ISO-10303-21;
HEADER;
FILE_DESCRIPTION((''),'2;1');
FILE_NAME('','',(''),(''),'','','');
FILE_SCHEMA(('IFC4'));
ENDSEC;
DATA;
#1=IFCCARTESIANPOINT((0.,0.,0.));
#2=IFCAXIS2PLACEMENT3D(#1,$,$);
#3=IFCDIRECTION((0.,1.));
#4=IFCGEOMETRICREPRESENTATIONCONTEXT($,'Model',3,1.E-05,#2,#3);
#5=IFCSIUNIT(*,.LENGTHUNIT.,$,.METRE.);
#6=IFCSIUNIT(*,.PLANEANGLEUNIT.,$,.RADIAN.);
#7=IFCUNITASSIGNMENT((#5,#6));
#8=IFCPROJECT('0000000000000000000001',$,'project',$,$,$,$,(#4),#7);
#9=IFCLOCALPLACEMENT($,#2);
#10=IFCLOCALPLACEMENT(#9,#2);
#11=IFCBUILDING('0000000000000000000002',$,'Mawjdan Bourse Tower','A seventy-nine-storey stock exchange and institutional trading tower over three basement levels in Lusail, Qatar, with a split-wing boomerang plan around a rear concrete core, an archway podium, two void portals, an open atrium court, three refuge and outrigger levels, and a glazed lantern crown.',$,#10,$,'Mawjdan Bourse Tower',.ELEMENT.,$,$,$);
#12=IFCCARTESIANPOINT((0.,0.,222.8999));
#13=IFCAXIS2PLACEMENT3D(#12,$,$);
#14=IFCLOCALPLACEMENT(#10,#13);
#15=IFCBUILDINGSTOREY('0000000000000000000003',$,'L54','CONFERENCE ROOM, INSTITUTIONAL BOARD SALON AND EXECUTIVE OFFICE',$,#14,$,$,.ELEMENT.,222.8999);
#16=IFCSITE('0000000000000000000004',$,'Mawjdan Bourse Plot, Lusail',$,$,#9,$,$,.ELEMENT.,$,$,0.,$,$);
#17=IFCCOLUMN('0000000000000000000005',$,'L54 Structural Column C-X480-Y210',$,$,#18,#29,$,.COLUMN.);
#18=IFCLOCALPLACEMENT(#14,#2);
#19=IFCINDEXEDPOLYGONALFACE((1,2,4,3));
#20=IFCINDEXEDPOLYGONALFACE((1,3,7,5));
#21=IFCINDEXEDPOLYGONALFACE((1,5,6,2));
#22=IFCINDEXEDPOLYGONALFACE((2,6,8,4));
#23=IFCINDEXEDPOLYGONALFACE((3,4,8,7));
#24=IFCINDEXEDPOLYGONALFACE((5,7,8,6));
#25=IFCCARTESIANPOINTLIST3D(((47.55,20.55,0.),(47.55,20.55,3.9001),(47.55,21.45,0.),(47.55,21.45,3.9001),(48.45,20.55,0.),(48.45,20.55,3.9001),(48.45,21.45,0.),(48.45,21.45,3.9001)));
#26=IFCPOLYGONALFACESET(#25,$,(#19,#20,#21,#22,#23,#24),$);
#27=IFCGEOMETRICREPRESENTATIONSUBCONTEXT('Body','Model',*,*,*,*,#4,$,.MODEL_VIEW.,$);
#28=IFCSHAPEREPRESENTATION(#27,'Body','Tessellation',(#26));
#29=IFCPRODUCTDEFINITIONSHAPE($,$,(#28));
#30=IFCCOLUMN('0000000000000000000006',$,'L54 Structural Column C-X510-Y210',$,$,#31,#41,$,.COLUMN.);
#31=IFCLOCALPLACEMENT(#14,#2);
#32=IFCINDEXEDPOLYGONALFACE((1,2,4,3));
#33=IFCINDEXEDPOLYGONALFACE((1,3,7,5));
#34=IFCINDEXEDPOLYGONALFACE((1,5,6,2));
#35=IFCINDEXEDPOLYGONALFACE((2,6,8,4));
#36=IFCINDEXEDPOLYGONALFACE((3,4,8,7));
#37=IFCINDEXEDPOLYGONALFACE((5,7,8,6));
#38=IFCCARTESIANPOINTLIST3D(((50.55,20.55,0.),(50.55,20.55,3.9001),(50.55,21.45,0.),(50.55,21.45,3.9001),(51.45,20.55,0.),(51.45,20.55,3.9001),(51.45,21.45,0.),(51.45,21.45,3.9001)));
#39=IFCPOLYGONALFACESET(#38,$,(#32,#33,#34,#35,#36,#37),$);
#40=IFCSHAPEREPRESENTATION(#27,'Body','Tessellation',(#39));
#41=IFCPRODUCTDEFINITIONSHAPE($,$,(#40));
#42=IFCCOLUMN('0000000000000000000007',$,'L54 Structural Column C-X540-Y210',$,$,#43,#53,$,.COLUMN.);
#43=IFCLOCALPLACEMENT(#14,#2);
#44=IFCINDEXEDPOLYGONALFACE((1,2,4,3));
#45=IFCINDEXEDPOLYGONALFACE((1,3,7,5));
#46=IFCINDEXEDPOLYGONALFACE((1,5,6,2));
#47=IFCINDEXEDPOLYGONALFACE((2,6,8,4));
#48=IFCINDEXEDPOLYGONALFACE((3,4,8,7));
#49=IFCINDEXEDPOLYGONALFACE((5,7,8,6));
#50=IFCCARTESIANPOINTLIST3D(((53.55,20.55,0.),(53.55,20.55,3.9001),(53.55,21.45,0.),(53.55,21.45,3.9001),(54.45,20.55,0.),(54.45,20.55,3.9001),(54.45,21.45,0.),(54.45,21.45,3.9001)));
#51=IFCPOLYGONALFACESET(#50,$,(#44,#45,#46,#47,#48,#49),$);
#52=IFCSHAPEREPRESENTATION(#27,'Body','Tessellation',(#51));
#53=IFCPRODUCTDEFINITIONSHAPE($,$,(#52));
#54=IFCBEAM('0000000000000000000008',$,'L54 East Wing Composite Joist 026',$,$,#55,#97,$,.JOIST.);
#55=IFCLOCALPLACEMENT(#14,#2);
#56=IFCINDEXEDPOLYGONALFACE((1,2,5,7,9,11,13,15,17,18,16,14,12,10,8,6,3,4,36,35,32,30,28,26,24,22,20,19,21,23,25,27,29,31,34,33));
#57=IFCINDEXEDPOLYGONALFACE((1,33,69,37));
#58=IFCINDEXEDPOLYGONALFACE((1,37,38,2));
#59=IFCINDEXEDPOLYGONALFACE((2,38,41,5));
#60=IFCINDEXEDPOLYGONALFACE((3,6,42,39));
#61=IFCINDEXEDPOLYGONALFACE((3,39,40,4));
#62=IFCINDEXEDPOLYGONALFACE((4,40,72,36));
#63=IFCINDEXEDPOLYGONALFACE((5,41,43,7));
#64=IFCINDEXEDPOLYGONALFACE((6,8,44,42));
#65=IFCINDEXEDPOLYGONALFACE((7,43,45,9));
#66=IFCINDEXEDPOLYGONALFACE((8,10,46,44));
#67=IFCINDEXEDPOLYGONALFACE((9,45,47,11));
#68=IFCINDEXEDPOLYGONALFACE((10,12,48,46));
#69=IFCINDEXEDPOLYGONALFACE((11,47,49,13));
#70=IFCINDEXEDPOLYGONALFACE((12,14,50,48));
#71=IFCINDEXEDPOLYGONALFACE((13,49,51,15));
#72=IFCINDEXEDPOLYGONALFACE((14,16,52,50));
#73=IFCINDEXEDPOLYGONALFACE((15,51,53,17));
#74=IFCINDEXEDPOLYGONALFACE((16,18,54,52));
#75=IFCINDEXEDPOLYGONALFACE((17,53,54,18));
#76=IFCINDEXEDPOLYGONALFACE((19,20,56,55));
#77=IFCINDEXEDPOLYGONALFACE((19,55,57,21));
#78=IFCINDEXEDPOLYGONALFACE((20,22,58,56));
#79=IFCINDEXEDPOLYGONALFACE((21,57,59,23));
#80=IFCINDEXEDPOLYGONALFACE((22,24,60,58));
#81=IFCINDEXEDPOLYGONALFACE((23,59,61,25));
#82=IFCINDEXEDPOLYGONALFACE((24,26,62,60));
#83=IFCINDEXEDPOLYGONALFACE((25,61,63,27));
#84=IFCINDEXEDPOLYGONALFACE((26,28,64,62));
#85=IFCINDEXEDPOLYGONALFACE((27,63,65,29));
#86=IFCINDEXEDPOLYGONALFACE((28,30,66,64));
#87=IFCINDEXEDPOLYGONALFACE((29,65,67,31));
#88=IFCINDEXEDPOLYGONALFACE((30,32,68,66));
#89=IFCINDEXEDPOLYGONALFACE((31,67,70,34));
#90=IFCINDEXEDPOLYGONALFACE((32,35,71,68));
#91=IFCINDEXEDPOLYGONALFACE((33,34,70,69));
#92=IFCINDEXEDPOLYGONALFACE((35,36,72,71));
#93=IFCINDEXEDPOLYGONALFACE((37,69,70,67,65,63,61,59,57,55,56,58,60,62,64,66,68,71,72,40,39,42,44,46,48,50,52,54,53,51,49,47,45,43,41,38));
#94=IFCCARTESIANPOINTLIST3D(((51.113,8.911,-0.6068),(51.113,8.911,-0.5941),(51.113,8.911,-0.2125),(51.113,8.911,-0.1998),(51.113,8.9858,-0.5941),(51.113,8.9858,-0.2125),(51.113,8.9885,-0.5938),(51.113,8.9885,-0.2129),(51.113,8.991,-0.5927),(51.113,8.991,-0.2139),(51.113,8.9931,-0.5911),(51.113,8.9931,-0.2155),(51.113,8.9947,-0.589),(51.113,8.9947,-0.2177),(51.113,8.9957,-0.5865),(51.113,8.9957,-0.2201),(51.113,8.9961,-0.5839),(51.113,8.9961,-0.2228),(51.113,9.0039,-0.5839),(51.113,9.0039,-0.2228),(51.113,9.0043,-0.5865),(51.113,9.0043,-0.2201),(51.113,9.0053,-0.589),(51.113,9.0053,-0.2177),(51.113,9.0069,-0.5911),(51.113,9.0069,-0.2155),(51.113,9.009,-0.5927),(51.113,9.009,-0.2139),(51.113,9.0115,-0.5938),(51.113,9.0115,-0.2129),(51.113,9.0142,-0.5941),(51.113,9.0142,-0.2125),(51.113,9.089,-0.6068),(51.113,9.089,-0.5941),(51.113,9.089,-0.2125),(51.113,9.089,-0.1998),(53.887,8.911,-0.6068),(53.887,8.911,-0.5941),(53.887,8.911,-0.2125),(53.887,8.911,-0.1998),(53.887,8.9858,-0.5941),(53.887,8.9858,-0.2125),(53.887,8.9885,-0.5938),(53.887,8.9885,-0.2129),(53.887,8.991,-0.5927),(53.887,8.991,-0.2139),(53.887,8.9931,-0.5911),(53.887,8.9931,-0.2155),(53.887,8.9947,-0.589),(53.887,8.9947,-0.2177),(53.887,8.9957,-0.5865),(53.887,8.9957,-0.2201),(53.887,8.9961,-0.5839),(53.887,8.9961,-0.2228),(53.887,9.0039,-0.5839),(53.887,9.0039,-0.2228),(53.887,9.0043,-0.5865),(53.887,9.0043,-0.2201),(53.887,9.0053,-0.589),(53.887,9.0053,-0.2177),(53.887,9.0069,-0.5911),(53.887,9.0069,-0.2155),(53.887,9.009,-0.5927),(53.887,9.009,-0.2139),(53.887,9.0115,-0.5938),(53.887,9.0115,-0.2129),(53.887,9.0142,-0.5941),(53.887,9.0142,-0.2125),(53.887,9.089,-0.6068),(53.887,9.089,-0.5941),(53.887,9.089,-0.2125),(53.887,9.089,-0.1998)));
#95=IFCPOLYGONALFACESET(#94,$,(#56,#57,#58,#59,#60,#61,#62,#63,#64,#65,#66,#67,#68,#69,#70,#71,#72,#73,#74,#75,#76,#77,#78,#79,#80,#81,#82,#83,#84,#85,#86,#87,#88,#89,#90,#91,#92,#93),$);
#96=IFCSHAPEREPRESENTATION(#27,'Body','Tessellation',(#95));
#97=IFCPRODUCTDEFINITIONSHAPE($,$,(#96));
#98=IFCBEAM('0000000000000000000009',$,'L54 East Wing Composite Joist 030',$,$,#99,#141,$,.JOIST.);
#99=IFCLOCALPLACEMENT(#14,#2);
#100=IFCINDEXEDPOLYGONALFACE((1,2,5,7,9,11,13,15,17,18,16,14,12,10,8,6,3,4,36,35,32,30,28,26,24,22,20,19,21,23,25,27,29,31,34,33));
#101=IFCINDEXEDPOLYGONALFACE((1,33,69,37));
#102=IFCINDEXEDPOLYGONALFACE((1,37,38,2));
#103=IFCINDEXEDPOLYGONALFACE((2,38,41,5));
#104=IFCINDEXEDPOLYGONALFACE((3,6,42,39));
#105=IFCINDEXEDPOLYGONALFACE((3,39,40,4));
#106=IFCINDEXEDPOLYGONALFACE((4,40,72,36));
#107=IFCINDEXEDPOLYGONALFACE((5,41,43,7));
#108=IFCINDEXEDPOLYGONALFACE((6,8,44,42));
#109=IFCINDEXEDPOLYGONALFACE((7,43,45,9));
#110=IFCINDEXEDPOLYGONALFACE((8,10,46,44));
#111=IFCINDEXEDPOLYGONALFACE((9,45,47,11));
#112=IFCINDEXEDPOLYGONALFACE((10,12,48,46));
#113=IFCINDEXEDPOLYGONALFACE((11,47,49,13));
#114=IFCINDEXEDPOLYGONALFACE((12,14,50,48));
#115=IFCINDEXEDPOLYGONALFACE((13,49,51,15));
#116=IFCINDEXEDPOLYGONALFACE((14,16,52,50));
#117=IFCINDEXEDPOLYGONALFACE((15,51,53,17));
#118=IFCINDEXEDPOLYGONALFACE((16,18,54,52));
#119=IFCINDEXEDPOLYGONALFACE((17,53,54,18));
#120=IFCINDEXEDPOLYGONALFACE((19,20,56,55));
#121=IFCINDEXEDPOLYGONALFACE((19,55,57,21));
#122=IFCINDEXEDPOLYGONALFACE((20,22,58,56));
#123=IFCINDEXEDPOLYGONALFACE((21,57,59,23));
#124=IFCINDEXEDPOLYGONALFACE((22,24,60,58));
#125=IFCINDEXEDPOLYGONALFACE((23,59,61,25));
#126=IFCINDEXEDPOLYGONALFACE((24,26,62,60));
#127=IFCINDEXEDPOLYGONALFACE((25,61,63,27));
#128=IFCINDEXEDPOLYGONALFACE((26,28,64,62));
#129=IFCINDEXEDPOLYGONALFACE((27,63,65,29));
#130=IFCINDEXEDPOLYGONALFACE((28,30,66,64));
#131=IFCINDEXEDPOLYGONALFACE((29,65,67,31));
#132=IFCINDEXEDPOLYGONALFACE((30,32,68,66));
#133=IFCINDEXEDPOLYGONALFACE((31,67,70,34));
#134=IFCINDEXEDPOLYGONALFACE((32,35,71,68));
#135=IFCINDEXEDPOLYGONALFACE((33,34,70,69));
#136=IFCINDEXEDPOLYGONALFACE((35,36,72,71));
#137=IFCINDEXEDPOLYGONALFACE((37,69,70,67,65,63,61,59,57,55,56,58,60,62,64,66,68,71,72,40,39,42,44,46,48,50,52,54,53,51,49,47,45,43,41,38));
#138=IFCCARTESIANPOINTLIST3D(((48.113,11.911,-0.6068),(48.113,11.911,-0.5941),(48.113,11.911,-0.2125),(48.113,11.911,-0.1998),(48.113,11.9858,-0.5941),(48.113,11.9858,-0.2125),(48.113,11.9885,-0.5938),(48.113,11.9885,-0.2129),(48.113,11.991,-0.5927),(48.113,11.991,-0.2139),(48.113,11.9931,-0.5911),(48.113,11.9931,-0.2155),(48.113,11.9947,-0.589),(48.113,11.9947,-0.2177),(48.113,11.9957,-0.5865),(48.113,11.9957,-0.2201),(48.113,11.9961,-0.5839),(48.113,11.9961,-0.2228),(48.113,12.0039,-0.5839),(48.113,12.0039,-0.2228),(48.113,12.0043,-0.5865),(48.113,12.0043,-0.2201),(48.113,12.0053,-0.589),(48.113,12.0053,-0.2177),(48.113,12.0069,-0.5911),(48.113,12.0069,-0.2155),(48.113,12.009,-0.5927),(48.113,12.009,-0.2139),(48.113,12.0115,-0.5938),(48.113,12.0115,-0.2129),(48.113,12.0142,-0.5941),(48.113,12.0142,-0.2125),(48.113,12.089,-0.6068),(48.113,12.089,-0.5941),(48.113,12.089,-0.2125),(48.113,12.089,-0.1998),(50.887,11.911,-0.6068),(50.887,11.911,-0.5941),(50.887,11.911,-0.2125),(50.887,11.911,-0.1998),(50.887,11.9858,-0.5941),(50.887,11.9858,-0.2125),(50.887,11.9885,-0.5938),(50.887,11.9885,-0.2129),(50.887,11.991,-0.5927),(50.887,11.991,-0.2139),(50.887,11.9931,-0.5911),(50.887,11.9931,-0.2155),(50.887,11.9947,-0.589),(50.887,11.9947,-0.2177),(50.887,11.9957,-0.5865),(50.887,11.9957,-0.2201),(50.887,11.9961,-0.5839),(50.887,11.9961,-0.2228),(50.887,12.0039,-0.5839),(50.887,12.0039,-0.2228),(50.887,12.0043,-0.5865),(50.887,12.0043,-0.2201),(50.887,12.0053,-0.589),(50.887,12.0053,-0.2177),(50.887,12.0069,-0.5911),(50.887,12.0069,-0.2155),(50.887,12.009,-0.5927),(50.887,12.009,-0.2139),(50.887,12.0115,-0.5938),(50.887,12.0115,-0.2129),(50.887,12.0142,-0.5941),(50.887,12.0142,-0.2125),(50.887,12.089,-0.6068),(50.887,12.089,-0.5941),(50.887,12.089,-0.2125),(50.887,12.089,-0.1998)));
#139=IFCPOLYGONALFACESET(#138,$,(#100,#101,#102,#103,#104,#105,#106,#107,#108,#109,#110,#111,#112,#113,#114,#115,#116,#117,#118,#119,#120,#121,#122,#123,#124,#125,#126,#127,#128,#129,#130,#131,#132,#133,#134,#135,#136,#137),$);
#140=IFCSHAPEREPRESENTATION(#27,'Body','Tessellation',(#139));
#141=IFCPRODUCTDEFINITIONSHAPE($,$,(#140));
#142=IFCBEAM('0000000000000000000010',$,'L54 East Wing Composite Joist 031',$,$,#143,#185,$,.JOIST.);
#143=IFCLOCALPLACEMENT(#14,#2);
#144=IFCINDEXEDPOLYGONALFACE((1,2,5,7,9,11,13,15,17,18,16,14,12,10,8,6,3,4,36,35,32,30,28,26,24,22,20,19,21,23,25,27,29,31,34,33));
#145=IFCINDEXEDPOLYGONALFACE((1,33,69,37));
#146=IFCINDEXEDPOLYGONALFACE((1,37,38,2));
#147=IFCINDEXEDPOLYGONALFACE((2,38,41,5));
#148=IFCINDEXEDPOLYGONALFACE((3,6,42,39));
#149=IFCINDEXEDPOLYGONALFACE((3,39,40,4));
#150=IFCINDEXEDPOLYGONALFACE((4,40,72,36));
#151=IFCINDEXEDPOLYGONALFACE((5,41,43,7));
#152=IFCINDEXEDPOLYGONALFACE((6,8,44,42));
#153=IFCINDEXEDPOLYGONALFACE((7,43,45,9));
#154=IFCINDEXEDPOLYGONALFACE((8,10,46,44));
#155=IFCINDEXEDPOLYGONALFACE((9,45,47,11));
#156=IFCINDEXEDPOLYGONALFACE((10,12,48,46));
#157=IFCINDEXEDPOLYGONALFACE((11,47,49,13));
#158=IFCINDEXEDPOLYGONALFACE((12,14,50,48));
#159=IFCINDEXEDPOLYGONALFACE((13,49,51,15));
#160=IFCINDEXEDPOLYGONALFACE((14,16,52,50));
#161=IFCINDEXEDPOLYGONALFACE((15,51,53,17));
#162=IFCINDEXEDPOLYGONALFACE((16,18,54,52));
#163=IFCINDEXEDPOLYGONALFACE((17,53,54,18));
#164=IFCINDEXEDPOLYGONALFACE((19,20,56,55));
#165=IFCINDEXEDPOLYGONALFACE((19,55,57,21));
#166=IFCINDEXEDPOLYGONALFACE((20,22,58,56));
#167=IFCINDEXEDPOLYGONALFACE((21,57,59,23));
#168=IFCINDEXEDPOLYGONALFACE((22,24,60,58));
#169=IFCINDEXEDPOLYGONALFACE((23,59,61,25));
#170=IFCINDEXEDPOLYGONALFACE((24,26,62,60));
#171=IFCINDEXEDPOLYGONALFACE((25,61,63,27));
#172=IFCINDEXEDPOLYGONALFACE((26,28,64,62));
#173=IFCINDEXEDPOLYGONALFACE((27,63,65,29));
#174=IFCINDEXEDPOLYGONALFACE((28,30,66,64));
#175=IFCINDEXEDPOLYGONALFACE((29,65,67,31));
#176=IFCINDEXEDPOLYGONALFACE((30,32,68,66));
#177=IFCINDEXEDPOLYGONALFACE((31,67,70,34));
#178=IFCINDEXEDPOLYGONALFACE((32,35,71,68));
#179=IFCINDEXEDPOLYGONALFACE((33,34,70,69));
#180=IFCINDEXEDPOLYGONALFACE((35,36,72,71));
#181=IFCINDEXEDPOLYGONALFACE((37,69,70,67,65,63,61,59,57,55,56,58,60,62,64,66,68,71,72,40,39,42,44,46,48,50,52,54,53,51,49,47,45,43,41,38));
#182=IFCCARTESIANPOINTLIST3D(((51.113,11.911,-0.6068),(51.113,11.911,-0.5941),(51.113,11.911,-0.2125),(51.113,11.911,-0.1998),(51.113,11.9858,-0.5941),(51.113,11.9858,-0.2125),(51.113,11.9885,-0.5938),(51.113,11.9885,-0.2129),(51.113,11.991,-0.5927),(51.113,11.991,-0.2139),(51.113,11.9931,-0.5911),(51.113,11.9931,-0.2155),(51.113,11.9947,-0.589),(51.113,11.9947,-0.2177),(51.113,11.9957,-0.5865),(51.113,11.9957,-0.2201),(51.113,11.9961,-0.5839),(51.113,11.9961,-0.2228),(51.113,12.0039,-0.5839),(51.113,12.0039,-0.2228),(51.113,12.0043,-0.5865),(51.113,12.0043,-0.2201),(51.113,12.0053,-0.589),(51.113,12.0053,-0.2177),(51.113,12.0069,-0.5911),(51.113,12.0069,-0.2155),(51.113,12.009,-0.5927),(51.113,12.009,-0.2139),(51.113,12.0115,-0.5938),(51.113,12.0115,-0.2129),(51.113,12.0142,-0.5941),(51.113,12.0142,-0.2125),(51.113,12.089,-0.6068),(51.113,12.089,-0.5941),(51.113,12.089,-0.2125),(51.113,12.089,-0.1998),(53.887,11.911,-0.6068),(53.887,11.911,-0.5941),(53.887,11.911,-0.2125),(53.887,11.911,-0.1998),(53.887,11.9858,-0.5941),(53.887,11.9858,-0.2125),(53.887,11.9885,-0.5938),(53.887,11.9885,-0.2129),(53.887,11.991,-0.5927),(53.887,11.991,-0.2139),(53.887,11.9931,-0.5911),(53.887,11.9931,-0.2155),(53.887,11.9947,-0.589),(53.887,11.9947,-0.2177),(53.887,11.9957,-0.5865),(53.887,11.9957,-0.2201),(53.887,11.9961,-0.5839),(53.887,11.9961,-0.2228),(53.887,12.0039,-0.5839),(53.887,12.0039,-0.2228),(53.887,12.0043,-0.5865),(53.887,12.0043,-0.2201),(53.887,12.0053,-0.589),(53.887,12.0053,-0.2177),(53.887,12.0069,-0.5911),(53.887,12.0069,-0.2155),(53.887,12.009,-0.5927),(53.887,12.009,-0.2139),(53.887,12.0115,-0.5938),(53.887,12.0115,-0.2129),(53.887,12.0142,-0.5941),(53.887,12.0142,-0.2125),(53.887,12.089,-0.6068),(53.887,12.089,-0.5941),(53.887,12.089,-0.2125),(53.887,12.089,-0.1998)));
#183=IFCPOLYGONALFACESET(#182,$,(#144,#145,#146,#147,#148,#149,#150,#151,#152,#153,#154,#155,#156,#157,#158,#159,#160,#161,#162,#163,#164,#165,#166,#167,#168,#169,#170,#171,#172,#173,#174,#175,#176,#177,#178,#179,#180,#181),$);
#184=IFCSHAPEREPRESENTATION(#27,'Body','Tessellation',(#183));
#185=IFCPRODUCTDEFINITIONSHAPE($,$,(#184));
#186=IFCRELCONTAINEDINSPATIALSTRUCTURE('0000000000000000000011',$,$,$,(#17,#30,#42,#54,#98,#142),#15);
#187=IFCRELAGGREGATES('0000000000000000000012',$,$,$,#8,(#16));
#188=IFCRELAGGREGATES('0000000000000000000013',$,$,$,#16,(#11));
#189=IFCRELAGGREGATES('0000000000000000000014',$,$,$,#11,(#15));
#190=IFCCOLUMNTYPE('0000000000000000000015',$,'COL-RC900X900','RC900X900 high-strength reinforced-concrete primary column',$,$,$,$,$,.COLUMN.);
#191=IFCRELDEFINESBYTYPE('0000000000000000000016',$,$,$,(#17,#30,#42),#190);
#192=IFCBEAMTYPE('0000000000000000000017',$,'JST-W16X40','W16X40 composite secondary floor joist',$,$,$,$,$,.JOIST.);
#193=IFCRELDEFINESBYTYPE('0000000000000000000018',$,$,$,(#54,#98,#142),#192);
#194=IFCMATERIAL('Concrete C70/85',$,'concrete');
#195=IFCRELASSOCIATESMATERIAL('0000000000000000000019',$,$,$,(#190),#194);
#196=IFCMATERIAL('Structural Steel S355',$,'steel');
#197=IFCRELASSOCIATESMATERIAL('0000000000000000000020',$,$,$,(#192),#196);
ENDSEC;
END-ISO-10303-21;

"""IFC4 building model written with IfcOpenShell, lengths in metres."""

from ifc_helpers import new_model, si_unit, direction, frame, origin, origin_2d, place, context, subcontext, project, spatial, rectangle, i_section, extrude, material, material_profile, profile_set, type_object, element, save


model = new_model("IFC4")

# Units and contexts
model_context = context("Model", 3, precision=1e-05, world=origin(), true_north=direction((0.0, 1.0)))
body_context = subcontext(model_context, "Body", "Model", "MODEL_VIEW")
ifc_project = project(units=[si_unit("LENGTHUNIT", "METRE"), si_unit("PLANEANGLEUNIT", "RADIAN")], contexts=[model_context])

# Site, building, storey
site_placement = place(None, origin())
site = spatial("IfcSite", under=ifc_project, at=site_placement, Name="Mawjdan Bourse Plot, Lusail", CompositionType="ELEMENT", RefElevation=0.0)
building_placement = place(site_placement, origin())
building = spatial("IfcBuilding", under=site, at=building_placement, Name="Mawjdan Bourse Tower", Description="A seventy-nine-storey stock exchange and institutional trading tower over three basement levels in Lusail, Qatar, with a split-wing boomerang plan around a rear concrete core, an archway podium, two void portals, an open atrium court, three refuge and outrigger levels, and a glazed lantern crown.", LongName="Mawjdan Bourse Tower", CompositionType="ELEMENT")
storey_placement = place(building_placement, frame((0.0, 0.0, 222.8999)))
storey = spatial("IfcBuildingStorey", under=building, at=storey_placement, Name="L54", Description="CONFERENCE ROOM, INSTITUTIONAL BOARD SALON AND EXECUTIVE OFFICE", CompositionType="ELEMENT", Elevation=222.8999)

# Columns
ifc_material_1 = material(Name="Concrete C70/85", Category="concrete")
ifc_material_profile_1 = material_profile(ifc_material_1, rectangle(XDim=0.8999, YDim=0.8999, at=origin_2d()), Name="RC900X900")
ifc_profile_set_1 = profile_set([ifc_material_profile_1], Name="Concrete C70/85")
column_type = type_object("IfcColumnType", Name="COL-RC900X900", Description="RC900X900 high-strength reinforced-concrete primary column", PredefinedType="COLUMN", material=ifc_profile_set_1)
for number, where, z_axis, x_axis, name in (
    (1, (48.0, 21.0, 0.0), (0.0, 0.0, 1.0), (1.0, 0.0, 0.0), "L54 Structural Column C-X480-Y210"),
    (2, (51.0, 21.0, 0.0), (0.0, 0.0, 1.0), (1.0, 0.0, 0.0), "L54 Structural Column C-X510-Y210"),
    (3, (54.0, 21.0, 0.0), (0.0, 0.0, 1.0), (1.0, 0.0, 0.0), "L54 Structural Column C-X540-Y210"),
):
    element("IfcColumn", number, at=place(storey_placement, frame(where, z_axis=z_axis, x_axis=x_axis)), inside=storey, type_object=column_type, Name=name, PredefinedType="COLUMN", context=body_context, shape_type="SweptSolid", body=[
        extrude(rectangle(XDim=0.8999, YDim=0.8999, at=origin_2d()), origin(), (0.0, 0.0, 1.0), 3.9001),
    ])

# Beams
ifc_material_2 = material(Name="Structural Steel S355", Category="steel")
ifc_material_profile_2 = material_profile(ifc_material_2, i_section(OverallWidth=0.178, OverallDepth=0.407, WebThickness=0.0078, FlangeThickness=0.0127, FilletRadius=0.0103, at=origin_2d()), Name="W16X40")
ifc_profile_set_2 = profile_set([ifc_material_profile_2], Name="Structural Steel S355")
beam_type_1 = type_object("IfcBeamType", Name="JST-W16X40", Description="W16X40 composite secondary floor joist", PredefinedType="JOIST", material=ifc_profile_set_2)
for number, where, z_axis, x_axis, name in (
    (4, (51.113, 9.0, -0.4033), (1.0, 0.0, 0.0), (0.0, 1.0, 0.0), "L54 East Wing Composite Joist 026"),
    (5, (48.113, 12.0, -0.4033), (1.0, 0.0, 0.0), (0.0, 1.0, 0.0), "L54 East Wing Composite Joist 030"),
    (6, (51.113, 12.0, -0.4033), (1.0, 0.0, 0.0), (0.0, 1.0, 0.0), "L54 East Wing Composite Joist 031"),
):
    element("IfcBeam", number, at=place(storey_placement, frame(where, z_axis=z_axis, x_axis=x_axis)), inside=storey, type_object=beam_type_1, Name=name, PredefinedType="JOIST", context=body_context, shape_type="SweptSolid", body=[
        extrude(i_section(OverallWidth=0.178, OverallDepth=0.407, WebThickness=0.0078, FlangeThickness=0.0127, FilletRadius=0.0103, at=origin_2d()), origin(), (0.0, 0.0, 1.0), 2.7739),
    ])

save(model, "model.ifc")
